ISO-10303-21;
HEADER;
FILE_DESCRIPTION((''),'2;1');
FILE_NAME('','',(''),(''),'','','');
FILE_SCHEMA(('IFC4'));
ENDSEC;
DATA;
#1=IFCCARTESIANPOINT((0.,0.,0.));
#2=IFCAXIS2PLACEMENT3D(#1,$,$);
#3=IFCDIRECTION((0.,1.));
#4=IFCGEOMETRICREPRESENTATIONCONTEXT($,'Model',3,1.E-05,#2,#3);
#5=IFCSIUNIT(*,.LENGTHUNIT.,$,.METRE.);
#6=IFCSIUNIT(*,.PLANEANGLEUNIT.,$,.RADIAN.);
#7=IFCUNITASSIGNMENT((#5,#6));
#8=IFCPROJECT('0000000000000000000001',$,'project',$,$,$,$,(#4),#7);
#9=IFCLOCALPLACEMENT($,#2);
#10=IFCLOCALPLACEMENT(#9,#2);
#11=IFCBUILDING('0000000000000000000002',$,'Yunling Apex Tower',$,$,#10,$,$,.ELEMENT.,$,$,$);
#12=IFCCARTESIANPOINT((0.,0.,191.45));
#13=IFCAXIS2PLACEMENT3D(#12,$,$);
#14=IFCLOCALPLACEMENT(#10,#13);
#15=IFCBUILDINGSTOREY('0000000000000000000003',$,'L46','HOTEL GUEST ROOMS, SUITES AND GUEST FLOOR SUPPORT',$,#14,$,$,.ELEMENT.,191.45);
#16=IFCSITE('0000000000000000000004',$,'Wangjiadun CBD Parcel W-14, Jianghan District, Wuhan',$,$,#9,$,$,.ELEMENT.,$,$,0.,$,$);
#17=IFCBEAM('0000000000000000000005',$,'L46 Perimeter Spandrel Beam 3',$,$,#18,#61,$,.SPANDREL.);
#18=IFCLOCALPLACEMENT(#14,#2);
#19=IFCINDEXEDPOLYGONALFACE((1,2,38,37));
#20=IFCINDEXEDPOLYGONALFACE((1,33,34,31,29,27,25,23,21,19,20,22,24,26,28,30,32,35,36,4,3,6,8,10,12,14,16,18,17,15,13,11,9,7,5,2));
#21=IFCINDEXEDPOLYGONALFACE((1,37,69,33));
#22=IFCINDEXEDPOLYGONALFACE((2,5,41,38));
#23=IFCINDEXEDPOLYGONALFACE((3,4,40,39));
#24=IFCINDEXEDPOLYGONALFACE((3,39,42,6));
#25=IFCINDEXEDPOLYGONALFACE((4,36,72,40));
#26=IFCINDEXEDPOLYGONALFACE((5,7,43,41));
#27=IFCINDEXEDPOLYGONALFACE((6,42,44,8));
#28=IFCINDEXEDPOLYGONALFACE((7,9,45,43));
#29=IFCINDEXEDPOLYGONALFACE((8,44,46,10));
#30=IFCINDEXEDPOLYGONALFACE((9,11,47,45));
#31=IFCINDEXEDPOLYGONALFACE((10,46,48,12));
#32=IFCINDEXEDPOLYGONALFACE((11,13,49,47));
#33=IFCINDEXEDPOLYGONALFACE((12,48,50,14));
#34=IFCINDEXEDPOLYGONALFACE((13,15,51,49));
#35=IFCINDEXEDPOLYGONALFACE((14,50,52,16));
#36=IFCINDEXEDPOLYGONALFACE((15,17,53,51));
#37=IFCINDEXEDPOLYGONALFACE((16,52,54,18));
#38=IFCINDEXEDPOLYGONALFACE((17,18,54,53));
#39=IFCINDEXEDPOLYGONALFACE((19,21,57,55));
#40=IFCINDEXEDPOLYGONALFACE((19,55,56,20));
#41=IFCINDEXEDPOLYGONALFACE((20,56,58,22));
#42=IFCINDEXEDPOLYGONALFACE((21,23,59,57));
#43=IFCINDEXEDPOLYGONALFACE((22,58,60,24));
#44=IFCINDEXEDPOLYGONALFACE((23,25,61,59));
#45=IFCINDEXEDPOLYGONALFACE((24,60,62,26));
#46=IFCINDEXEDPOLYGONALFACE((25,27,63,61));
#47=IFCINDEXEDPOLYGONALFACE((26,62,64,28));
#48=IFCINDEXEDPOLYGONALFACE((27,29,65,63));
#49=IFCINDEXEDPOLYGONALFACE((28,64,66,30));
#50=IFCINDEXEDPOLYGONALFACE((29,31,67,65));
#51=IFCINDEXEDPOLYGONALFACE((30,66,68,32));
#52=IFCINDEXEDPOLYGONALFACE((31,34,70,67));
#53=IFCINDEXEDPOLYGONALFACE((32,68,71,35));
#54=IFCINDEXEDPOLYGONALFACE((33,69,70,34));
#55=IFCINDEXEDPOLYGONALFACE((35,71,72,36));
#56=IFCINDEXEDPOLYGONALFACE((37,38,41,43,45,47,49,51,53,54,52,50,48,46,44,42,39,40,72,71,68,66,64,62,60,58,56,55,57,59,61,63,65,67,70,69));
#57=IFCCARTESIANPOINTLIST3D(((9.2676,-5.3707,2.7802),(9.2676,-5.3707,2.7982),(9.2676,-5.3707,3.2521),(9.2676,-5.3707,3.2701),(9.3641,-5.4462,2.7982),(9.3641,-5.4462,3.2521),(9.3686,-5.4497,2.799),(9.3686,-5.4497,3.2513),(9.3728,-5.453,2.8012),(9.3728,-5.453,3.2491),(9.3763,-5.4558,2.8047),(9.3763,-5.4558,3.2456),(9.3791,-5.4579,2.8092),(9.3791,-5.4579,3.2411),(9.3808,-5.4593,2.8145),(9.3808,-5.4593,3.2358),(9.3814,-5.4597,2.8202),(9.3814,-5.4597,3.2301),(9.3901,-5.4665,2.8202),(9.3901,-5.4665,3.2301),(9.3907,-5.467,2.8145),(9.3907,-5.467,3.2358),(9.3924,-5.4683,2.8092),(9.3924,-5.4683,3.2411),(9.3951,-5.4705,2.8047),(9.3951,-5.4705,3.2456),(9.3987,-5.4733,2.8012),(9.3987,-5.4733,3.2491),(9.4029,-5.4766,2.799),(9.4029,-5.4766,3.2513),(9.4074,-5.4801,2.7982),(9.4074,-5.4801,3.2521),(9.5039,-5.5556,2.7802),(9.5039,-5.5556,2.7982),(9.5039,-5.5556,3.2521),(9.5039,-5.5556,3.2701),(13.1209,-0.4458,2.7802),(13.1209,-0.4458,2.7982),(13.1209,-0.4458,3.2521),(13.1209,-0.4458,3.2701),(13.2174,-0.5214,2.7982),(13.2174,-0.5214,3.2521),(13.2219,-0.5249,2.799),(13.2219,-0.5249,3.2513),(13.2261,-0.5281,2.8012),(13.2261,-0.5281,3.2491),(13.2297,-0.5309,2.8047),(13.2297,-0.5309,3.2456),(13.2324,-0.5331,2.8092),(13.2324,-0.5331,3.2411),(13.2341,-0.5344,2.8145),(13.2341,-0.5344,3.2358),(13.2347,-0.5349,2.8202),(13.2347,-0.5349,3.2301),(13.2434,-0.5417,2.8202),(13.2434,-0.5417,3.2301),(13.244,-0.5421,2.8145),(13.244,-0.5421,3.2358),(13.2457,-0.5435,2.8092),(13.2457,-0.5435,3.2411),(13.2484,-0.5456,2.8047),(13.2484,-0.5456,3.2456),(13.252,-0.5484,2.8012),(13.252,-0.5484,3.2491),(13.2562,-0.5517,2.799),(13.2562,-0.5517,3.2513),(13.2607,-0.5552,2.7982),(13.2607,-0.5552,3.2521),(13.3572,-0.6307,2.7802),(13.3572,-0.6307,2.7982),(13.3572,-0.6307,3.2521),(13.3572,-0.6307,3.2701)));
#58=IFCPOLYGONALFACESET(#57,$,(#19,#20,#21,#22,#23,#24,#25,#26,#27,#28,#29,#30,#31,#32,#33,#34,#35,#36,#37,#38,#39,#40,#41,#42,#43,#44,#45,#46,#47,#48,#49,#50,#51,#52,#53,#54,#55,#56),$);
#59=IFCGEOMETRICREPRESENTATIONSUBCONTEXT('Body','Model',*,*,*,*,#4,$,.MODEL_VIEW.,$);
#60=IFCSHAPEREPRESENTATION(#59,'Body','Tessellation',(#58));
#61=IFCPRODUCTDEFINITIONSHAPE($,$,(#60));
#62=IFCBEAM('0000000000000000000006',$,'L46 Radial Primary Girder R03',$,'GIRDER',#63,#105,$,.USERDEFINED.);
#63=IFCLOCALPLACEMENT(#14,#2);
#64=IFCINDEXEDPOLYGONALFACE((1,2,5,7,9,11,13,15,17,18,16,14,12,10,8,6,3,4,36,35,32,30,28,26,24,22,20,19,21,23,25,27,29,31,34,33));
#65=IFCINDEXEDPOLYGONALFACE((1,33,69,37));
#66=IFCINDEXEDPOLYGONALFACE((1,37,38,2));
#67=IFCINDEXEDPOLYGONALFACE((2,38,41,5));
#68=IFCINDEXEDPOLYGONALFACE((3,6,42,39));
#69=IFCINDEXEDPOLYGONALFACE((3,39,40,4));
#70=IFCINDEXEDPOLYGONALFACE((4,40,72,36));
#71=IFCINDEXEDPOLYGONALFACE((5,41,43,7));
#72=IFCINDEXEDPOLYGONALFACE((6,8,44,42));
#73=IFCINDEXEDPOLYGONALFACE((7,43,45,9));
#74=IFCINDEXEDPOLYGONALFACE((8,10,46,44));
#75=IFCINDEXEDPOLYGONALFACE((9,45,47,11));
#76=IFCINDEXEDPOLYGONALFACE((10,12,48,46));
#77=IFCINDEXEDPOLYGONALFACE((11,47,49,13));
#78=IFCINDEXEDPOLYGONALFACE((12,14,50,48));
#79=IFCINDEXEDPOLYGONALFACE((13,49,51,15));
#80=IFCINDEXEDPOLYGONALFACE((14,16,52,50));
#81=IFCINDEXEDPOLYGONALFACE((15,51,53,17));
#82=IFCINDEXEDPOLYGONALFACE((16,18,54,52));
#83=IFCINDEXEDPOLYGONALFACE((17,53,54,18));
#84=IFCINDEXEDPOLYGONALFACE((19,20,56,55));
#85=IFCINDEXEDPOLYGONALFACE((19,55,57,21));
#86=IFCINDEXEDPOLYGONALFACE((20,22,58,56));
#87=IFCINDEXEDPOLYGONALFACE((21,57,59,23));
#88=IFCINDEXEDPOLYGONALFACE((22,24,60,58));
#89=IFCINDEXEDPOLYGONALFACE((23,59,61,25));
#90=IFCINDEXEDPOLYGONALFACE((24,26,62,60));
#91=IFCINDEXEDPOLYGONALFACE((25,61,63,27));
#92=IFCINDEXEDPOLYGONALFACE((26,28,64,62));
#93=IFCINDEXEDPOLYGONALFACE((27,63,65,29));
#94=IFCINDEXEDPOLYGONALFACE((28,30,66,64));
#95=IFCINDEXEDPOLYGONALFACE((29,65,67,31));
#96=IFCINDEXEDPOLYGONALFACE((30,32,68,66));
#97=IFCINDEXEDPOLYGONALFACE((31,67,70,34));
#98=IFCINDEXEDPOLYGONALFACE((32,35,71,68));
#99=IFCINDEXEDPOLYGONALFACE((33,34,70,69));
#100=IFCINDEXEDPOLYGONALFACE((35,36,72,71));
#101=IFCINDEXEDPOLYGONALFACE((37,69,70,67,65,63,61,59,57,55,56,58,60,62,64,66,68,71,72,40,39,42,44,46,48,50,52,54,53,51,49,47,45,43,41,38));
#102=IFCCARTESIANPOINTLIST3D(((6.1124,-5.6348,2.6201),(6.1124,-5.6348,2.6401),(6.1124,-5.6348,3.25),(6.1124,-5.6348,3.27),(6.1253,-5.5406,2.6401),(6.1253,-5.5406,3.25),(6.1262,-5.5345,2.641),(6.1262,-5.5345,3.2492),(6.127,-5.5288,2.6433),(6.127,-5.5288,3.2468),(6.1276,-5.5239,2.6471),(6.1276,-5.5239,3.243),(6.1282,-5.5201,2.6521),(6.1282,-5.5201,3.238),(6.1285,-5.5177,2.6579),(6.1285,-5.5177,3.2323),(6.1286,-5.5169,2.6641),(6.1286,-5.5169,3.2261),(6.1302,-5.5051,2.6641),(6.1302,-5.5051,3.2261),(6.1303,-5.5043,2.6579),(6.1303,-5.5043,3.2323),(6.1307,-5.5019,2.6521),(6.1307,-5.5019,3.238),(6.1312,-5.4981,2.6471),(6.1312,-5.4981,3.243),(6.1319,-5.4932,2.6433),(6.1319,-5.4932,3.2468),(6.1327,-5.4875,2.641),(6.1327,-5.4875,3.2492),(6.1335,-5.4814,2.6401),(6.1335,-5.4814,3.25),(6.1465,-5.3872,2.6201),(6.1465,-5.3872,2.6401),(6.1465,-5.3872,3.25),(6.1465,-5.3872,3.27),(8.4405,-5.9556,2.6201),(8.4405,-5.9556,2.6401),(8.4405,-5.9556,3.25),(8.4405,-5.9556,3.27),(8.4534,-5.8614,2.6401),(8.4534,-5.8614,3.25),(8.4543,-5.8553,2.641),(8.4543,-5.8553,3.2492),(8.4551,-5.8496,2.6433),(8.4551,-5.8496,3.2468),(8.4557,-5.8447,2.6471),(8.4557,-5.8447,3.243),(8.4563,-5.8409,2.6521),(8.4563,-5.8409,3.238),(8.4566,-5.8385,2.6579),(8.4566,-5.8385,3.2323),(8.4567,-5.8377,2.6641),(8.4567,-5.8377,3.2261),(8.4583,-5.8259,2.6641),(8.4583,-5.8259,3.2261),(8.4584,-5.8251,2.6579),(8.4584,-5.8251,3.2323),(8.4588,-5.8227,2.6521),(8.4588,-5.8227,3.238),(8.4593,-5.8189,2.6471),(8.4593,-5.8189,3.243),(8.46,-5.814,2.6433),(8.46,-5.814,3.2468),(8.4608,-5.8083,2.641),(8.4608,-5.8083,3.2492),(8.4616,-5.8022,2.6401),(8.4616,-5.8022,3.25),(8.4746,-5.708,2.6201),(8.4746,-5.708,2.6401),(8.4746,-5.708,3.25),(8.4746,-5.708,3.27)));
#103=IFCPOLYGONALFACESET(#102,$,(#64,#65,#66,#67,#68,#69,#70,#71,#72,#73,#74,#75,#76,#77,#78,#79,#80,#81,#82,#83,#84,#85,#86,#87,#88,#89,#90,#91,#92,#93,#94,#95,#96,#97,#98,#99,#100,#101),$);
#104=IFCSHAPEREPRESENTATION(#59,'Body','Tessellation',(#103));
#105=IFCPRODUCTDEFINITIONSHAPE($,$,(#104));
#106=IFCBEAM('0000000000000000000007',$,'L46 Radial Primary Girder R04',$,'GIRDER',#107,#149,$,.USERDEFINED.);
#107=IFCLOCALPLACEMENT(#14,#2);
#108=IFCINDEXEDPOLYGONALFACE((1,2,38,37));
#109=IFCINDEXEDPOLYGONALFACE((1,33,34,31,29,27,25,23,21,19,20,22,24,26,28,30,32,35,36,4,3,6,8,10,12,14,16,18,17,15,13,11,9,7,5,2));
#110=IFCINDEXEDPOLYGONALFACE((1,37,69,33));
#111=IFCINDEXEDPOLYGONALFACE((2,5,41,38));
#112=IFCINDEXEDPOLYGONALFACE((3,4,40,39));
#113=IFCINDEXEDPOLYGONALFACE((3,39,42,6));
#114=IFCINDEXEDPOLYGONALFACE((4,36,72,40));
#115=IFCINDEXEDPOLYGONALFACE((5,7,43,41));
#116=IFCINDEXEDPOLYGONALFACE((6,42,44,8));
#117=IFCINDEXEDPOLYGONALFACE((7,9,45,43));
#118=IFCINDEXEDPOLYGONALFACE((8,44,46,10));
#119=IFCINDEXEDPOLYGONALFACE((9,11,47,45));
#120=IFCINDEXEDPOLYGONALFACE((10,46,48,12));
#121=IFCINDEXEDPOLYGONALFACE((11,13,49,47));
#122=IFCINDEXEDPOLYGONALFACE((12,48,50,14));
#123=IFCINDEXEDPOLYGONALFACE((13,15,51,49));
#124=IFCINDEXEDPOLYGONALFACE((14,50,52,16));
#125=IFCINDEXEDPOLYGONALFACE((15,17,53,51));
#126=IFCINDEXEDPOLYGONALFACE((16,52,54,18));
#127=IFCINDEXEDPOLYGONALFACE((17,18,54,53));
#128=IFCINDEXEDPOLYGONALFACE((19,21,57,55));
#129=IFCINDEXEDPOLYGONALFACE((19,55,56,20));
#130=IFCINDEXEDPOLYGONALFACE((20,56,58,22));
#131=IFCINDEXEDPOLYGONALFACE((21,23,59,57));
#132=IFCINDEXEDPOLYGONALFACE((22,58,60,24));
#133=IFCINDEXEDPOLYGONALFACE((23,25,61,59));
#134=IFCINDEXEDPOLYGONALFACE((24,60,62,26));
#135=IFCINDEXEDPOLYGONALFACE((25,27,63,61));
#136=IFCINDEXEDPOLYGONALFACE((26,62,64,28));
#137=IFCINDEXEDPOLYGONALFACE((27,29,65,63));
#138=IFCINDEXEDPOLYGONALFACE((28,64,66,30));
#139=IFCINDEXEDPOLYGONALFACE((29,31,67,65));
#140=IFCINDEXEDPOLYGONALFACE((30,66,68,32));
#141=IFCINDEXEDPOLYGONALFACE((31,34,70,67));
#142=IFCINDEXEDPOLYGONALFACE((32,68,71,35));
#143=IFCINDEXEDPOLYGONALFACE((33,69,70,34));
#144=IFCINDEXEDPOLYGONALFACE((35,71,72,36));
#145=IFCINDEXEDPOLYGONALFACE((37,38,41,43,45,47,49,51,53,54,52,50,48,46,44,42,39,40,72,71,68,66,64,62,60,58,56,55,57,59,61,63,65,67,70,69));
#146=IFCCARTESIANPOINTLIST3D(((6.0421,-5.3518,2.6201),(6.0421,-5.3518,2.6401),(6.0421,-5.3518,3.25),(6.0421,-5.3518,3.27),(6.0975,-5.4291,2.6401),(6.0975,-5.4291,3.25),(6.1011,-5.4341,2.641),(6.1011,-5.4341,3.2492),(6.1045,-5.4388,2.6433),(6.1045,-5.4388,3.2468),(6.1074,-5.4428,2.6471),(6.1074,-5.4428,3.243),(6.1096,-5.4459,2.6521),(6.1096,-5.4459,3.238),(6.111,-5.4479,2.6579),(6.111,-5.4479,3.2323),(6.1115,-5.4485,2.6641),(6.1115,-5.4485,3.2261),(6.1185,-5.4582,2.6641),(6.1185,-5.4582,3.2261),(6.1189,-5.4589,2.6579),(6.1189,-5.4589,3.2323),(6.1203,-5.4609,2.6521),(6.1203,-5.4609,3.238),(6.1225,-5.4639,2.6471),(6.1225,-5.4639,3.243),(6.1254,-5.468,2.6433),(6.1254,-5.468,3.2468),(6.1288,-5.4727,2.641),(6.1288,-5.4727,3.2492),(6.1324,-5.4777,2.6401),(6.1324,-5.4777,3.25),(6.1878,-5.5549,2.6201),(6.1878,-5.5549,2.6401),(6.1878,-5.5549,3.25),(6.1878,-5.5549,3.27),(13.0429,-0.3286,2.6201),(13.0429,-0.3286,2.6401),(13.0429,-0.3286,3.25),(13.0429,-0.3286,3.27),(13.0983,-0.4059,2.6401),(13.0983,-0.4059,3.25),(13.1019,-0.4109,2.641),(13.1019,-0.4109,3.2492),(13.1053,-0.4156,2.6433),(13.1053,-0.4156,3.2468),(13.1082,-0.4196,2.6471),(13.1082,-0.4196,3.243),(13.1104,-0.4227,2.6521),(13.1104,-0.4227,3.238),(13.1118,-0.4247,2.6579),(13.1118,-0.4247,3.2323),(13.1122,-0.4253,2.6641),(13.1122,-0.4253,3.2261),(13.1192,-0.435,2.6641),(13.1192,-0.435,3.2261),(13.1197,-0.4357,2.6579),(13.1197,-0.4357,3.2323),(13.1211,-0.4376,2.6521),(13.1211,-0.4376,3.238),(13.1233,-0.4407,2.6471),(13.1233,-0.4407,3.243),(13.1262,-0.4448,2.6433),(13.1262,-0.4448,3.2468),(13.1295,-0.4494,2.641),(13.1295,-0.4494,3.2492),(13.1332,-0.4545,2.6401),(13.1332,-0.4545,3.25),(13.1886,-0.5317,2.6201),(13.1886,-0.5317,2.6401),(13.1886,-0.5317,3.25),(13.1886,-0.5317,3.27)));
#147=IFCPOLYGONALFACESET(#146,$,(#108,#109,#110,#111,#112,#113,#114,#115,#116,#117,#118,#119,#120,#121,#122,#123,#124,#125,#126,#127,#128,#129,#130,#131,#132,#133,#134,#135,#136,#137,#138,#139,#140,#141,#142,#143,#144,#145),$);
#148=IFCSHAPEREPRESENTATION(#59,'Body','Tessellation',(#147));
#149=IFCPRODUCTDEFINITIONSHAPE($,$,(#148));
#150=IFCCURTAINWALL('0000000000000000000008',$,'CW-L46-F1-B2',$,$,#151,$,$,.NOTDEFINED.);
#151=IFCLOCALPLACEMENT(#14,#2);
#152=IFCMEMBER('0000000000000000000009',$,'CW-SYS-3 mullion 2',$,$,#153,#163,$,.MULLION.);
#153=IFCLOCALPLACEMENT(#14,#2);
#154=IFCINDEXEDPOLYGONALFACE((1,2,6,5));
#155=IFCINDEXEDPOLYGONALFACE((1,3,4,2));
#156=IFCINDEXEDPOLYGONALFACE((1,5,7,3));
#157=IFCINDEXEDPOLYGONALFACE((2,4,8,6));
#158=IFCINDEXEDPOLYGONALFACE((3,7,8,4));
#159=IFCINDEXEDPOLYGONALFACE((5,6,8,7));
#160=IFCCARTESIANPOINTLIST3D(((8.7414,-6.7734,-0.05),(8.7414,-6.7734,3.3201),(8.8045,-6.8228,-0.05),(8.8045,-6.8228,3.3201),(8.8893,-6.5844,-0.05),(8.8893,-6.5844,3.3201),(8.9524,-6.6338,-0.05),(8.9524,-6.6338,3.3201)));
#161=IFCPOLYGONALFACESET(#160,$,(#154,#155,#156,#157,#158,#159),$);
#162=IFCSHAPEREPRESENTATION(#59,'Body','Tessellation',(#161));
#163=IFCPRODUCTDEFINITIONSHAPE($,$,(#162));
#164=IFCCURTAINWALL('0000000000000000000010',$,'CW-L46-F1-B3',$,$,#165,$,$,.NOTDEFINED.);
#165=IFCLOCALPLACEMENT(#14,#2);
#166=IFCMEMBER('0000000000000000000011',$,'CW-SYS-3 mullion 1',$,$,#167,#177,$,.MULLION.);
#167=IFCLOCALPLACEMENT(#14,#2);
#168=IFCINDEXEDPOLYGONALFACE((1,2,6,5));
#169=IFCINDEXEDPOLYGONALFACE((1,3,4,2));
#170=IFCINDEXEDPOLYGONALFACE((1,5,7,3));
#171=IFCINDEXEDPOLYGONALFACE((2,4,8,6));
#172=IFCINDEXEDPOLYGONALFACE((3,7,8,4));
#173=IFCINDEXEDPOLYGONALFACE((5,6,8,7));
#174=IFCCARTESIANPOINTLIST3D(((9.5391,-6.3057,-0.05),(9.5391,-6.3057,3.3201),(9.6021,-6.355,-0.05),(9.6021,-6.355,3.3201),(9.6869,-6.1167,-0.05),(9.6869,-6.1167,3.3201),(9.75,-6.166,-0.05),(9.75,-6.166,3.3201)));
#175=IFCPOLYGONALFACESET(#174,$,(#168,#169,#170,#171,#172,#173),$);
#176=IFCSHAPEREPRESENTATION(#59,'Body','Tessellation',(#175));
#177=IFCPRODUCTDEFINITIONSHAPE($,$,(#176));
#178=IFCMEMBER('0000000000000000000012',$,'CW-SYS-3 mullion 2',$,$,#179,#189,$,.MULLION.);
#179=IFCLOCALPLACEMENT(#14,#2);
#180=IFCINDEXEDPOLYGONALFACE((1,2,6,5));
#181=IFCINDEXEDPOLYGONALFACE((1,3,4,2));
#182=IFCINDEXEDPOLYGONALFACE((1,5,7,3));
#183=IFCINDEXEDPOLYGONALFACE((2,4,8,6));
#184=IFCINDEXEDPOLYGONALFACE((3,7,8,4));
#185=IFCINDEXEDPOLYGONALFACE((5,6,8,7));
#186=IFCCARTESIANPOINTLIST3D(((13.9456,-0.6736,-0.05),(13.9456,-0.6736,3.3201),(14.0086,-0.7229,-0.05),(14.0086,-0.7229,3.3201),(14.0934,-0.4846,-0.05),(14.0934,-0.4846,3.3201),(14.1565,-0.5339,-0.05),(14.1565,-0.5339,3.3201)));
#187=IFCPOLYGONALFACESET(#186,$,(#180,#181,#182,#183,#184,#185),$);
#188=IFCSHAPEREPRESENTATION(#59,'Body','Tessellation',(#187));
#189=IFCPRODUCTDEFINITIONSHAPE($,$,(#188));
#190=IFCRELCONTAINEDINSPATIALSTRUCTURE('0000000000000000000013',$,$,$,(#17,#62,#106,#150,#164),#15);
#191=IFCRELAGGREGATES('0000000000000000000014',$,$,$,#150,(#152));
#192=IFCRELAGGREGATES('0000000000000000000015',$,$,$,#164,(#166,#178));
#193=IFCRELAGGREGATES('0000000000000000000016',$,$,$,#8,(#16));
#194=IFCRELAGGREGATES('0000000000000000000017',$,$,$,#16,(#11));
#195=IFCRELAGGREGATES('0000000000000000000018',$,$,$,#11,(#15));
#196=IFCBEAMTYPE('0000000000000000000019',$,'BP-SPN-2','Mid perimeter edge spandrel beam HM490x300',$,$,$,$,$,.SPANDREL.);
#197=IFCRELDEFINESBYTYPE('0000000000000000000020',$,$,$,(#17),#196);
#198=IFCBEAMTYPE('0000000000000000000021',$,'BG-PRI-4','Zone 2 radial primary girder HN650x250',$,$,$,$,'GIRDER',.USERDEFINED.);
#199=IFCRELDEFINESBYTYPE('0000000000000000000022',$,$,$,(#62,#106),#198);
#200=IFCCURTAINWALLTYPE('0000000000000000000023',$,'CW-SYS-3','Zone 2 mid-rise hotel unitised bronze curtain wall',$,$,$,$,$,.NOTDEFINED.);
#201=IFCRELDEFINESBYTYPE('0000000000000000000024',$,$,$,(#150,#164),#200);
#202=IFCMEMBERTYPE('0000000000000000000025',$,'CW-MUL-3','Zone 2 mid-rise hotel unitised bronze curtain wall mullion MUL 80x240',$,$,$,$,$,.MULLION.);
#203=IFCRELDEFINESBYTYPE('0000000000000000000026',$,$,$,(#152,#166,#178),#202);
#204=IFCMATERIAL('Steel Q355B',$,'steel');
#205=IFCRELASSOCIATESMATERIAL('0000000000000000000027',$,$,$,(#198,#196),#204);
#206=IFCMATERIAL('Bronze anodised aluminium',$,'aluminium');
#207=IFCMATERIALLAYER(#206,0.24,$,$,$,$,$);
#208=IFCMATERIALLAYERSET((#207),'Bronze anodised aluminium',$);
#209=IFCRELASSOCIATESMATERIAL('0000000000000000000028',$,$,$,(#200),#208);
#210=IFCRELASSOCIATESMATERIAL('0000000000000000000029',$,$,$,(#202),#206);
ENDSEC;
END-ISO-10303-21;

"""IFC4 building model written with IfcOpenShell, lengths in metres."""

from ifc_helpers import new_model, si_unit, direction, frame, origin, origin_2d, place, context, subcontext, project, spatial, rectangle, i_section, extrude, source, transform, mapped, material, layer, layer_set, material_profile, profile_set, type_object, element, aggregate, save


model = new_model("IFC4")

# Units and contexts
model_context = context("Model", 3, precision=1e-05, world=origin(), true_north=direction((0.0, 1.0)))
body_context = subcontext(model_context, "Body", "Model", "MODEL_VIEW")
ifc_project = project(units=[si_unit("LENGTHUNIT", "METRE"), si_unit("PLANEANGLEUNIT", "RADIAN")], contexts=[model_context])

# Site, building, storey
site_placement = place(None, origin())
site = spatial("IfcSite", under=ifc_project, at=site_placement, Name="Wangjiadun CBD Parcel W-14, Jianghan District, Wuhan", CompositionType="ELEMENT", RefElevation=0.0)
building_placement = place(site_placement, origin())
building = spatial("IfcBuilding", under=site, at=building_placement, Name="Yunling Apex Tower", CompositionType="ELEMENT")
storey_placement = place(building_placement, frame((0.0, 0.0, 191.45)))
storey = spatial("IfcBuildingStorey", under=building, at=storey_placement, Name="L46", Description="HOTEL GUEST ROOMS, SUITES AND GUEST FLOOR SUPPORT", CompositionType="ELEMENT", Elevation=191.45)

# Beams
ifc_material_1 = material(Name="Steel Q355B", Category="steel")
ifc_material_profile_1 = material_profile(ifc_material_1, i_section(OverallWidth=0.25, OverallDepth=0.6499, WebThickness=0.012, FlangeThickness=0.02, FilletRadius=0.0239, at=origin_2d()))
ifc_profile_set_1 = profile_set([ifc_material_profile_1], Name="Steel Q355B")
beam_type_1 = type_object("IfcBeamType", Name="BG-PRI-4", Description="Zone 2 radial primary girder HN650x250", ElementType="GIRDER", PredefinedType="USERDEFINED", material=ifc_profile_set_1)
ifc_material_profile_2 = material_profile(ifc_material_1, i_section(OverallWidth=0.3, OverallDepth=0.49, WebThickness=0.011, FlangeThickness=0.0181, FilletRadius=0.022, at=origin_2d()))
ifc_profile_set_2 = profile_set([ifc_material_profile_2], Name="Steel Q355B")
beam_type_2 = type_object("IfcBeamType", Name="BP-SPN-2", Description="Mid perimeter edge spandrel beam HM490x300", PredefinedType="SPANDREL", material=ifc_profile_set_2)
shared_shape_1 = source(origin(), body_context, "Body", "SweptSolid", [
    extrude(i_section(OverallWidth=0.3, OverallDepth=0.49, WebThickness=0.011, FlangeThickness=0.0181, FilletRadius=0.022, at=origin_2d()), origin(), (0.0, 0.0, 1.0), 6.2532),
])
beam_1_placement = place(storey_placement, frame((9.3857, -5.4631, 3.0251), z_axis=(0.616217, 0.787577, 0.0), x_axis=(-0.787577, 0.616217, 0.0)))
element("IfcBeam", 1, at=beam_1_placement, inside=storey, type_object=beam_type_2, Name="L46 Perimeter Spandrel Beam 3", PredefinedType="SPANDREL", context=body_context, shape_type="MappedRepresentation", body=[
    mapped(shared_shape_1, transform((0.0, 0.0, 0.0), scale=1.0)),
])
shared_shape_2 = source(origin(), body_context, "Body", "SweptSolid", [
    extrude(i_section(OverallWidth=0.25, OverallDepth=0.6499, WebThickness=0.012, FlangeThickness=0.02, FilletRadius=0.0239, at=origin_2d()), origin(), (0.0, 0.0, 1.0), 2.3501),
])
beam_2_placement = place(storey_placement, frame((8.4575, -5.8318, 2.9451), z_axis=(-0.99064, 0.136504, 0.0), x_axis=(-0.136504, -0.99064, 0.0)))
element("IfcBeam", 2, at=beam_2_placement, inside=storey, type_object=beam_type_1, Name="L46 Radial Primary Girder R03", ObjectType="GIRDER", PredefinedType="USERDEFINED", context=body_context, shape_type="MappedRepresentation", body=[
    mapped(shared_shape_2, transform((0.0, 0.0, 0.0), scale=1.0)),
])
shared_shape_3 = source(origin(), body_context, "Body", "SweptSolid", [
    extrude(i_section(OverallWidth=0.25, OverallDepth=0.6499, WebThickness=0.012, FlangeThickness=0.02, FilletRadius=0.0239, at=origin_2d()), origin(), (0.0, 0.0, 1.0), 8.6165),
])
beam_3_placement = place(storey_placement, frame((13.1157, -0.4302, 2.9451), z_axis=(-0.812487, -0.582979, 0.0), x_axis=(0.582979, -0.812487, 0.0)))
element("IfcBeam", 3, at=beam_3_placement, inside=storey, type_object=beam_type_1, Name="L46 Radial Primary Girder R04", ObjectType="GIRDER", PredefinedType="USERDEFINED", context=body_context, shape_type="MappedRepresentation", body=[
    mapped(shared_shape_3, transform((0.0, 0.0, 0.0), scale=1.0)),
])

# Curtain wall, member
ifc_material_2 = material(Name="Bronze anodised aluminium", Category="aluminium")
ifc_layer_1 = layer(ifc_material_2, 0.24)
ifc_layer_set_1 = layer_set([ifc_layer_1], Name="Bronze anodised aluminium")
curtain_wall_type = type_object("IfcCurtainWallType", Name="CW-SYS-3", Description="Zone 2 mid-rise hotel unitised bronze curtain wall", PredefinedType="NOTDEFINED", material=ifc_layer_set_1)
curtain_wall_1_placement = place(storey_placement, origin())
curtain_wall_1 = element("IfcCurtainWall", 4, at=curtain_wall_1_placement, inside=storey, type_object=curtain_wall_type, Name="CW-L46-F1-B2", PredefinedType="NOTDEFINED")
ifc_material_profile_3 = material_profile(ifc_material_2, rectangle(XDim=0.0801, YDim=0.24, at=origin_2d()))
ifc_profile_set_3 = profile_set([ifc_material_profile_3], Name="Bronze anodised aluminium")
member_type_1 = type_object("IfcMemberType", Name="CW-MUL-3", Description="Zone 2 mid-rise hotel unitised bronze curtain wall mullion MUL 80x240", PredefinedType="MULLION", material=ifc_profile_set_3)
shared_shape_4 = source(origin(), body_context, "Body", "SweptSolid", [
    extrude(rectangle(XDim=0.0801, YDim=0.24, at=origin_2d()), origin(), (0.0, 0.0, 1.0), 3.3701),
])
member_1_placement = place(storey_placement, frame((8.8469, -6.7036, -0.05), z_axis=(0.0, 0.0, 1.0), x_axis=(-0.787576, 0.616217, 0.0)))
member_1 = element("IfcMember", 5, at=member_1_placement, type_object=member_type_1, Name="CW-SYS-3 mullion 2", PredefinedType="MULLION", context=body_context, shape_type="MappedRepresentation", body=[
    mapped(shared_shape_4, transform((0.0, 0.0, 0.0), scale=1.0)),
])

# Curtain wall, members
curtain_wall_2_placement = place(storey_placement, origin())
curtain_wall_2 = element("IfcCurtainWall", 6, at=curtain_wall_2_placement, inside=storey, type_object=curtain_wall_type, Name="CW-L46-F1-B3", PredefinedType="NOTDEFINED")
member_2_placement = place(storey_placement, frame((9.6445, -6.2358, -0.05), z_axis=(0.0, 0.0, 1.0), x_axis=(-0.787589, 0.6162, 0.0)))
member_2 = element("IfcMember", 7, at=member_2_placement, type_object=member_type_1, Name="CW-SYS-3 mullion 1", PredefinedType="MULLION", context=body_context, shape_type="MappedRepresentation", body=[
    mapped(shared_shape_4, transform((0.0, 0.0, 0.0), scale=1.0)),
])
member_3_placement = place(storey_placement, frame((14.051, -0.6038, -0.05), z_axis=(0.0, 0.0, 1.0), x_axis=(-0.787589, 0.6162, 0.0)))
member_3 = element("IfcMember", 8, at=member_3_placement, type_object=member_type_1, Name="CW-SYS-3 mullion 2", PredefinedType="MULLION", context=body_context, shape_type="MappedRepresentation", body=[
    mapped(shared_shape_4, transform((0.0, 0.0, 0.0), scale=1.0)),
])

aggregate(curtain_wall_1, [member_1])
aggregate(curtain_wall_2, [member_2, member_3])

save(model, "model.ifc")
